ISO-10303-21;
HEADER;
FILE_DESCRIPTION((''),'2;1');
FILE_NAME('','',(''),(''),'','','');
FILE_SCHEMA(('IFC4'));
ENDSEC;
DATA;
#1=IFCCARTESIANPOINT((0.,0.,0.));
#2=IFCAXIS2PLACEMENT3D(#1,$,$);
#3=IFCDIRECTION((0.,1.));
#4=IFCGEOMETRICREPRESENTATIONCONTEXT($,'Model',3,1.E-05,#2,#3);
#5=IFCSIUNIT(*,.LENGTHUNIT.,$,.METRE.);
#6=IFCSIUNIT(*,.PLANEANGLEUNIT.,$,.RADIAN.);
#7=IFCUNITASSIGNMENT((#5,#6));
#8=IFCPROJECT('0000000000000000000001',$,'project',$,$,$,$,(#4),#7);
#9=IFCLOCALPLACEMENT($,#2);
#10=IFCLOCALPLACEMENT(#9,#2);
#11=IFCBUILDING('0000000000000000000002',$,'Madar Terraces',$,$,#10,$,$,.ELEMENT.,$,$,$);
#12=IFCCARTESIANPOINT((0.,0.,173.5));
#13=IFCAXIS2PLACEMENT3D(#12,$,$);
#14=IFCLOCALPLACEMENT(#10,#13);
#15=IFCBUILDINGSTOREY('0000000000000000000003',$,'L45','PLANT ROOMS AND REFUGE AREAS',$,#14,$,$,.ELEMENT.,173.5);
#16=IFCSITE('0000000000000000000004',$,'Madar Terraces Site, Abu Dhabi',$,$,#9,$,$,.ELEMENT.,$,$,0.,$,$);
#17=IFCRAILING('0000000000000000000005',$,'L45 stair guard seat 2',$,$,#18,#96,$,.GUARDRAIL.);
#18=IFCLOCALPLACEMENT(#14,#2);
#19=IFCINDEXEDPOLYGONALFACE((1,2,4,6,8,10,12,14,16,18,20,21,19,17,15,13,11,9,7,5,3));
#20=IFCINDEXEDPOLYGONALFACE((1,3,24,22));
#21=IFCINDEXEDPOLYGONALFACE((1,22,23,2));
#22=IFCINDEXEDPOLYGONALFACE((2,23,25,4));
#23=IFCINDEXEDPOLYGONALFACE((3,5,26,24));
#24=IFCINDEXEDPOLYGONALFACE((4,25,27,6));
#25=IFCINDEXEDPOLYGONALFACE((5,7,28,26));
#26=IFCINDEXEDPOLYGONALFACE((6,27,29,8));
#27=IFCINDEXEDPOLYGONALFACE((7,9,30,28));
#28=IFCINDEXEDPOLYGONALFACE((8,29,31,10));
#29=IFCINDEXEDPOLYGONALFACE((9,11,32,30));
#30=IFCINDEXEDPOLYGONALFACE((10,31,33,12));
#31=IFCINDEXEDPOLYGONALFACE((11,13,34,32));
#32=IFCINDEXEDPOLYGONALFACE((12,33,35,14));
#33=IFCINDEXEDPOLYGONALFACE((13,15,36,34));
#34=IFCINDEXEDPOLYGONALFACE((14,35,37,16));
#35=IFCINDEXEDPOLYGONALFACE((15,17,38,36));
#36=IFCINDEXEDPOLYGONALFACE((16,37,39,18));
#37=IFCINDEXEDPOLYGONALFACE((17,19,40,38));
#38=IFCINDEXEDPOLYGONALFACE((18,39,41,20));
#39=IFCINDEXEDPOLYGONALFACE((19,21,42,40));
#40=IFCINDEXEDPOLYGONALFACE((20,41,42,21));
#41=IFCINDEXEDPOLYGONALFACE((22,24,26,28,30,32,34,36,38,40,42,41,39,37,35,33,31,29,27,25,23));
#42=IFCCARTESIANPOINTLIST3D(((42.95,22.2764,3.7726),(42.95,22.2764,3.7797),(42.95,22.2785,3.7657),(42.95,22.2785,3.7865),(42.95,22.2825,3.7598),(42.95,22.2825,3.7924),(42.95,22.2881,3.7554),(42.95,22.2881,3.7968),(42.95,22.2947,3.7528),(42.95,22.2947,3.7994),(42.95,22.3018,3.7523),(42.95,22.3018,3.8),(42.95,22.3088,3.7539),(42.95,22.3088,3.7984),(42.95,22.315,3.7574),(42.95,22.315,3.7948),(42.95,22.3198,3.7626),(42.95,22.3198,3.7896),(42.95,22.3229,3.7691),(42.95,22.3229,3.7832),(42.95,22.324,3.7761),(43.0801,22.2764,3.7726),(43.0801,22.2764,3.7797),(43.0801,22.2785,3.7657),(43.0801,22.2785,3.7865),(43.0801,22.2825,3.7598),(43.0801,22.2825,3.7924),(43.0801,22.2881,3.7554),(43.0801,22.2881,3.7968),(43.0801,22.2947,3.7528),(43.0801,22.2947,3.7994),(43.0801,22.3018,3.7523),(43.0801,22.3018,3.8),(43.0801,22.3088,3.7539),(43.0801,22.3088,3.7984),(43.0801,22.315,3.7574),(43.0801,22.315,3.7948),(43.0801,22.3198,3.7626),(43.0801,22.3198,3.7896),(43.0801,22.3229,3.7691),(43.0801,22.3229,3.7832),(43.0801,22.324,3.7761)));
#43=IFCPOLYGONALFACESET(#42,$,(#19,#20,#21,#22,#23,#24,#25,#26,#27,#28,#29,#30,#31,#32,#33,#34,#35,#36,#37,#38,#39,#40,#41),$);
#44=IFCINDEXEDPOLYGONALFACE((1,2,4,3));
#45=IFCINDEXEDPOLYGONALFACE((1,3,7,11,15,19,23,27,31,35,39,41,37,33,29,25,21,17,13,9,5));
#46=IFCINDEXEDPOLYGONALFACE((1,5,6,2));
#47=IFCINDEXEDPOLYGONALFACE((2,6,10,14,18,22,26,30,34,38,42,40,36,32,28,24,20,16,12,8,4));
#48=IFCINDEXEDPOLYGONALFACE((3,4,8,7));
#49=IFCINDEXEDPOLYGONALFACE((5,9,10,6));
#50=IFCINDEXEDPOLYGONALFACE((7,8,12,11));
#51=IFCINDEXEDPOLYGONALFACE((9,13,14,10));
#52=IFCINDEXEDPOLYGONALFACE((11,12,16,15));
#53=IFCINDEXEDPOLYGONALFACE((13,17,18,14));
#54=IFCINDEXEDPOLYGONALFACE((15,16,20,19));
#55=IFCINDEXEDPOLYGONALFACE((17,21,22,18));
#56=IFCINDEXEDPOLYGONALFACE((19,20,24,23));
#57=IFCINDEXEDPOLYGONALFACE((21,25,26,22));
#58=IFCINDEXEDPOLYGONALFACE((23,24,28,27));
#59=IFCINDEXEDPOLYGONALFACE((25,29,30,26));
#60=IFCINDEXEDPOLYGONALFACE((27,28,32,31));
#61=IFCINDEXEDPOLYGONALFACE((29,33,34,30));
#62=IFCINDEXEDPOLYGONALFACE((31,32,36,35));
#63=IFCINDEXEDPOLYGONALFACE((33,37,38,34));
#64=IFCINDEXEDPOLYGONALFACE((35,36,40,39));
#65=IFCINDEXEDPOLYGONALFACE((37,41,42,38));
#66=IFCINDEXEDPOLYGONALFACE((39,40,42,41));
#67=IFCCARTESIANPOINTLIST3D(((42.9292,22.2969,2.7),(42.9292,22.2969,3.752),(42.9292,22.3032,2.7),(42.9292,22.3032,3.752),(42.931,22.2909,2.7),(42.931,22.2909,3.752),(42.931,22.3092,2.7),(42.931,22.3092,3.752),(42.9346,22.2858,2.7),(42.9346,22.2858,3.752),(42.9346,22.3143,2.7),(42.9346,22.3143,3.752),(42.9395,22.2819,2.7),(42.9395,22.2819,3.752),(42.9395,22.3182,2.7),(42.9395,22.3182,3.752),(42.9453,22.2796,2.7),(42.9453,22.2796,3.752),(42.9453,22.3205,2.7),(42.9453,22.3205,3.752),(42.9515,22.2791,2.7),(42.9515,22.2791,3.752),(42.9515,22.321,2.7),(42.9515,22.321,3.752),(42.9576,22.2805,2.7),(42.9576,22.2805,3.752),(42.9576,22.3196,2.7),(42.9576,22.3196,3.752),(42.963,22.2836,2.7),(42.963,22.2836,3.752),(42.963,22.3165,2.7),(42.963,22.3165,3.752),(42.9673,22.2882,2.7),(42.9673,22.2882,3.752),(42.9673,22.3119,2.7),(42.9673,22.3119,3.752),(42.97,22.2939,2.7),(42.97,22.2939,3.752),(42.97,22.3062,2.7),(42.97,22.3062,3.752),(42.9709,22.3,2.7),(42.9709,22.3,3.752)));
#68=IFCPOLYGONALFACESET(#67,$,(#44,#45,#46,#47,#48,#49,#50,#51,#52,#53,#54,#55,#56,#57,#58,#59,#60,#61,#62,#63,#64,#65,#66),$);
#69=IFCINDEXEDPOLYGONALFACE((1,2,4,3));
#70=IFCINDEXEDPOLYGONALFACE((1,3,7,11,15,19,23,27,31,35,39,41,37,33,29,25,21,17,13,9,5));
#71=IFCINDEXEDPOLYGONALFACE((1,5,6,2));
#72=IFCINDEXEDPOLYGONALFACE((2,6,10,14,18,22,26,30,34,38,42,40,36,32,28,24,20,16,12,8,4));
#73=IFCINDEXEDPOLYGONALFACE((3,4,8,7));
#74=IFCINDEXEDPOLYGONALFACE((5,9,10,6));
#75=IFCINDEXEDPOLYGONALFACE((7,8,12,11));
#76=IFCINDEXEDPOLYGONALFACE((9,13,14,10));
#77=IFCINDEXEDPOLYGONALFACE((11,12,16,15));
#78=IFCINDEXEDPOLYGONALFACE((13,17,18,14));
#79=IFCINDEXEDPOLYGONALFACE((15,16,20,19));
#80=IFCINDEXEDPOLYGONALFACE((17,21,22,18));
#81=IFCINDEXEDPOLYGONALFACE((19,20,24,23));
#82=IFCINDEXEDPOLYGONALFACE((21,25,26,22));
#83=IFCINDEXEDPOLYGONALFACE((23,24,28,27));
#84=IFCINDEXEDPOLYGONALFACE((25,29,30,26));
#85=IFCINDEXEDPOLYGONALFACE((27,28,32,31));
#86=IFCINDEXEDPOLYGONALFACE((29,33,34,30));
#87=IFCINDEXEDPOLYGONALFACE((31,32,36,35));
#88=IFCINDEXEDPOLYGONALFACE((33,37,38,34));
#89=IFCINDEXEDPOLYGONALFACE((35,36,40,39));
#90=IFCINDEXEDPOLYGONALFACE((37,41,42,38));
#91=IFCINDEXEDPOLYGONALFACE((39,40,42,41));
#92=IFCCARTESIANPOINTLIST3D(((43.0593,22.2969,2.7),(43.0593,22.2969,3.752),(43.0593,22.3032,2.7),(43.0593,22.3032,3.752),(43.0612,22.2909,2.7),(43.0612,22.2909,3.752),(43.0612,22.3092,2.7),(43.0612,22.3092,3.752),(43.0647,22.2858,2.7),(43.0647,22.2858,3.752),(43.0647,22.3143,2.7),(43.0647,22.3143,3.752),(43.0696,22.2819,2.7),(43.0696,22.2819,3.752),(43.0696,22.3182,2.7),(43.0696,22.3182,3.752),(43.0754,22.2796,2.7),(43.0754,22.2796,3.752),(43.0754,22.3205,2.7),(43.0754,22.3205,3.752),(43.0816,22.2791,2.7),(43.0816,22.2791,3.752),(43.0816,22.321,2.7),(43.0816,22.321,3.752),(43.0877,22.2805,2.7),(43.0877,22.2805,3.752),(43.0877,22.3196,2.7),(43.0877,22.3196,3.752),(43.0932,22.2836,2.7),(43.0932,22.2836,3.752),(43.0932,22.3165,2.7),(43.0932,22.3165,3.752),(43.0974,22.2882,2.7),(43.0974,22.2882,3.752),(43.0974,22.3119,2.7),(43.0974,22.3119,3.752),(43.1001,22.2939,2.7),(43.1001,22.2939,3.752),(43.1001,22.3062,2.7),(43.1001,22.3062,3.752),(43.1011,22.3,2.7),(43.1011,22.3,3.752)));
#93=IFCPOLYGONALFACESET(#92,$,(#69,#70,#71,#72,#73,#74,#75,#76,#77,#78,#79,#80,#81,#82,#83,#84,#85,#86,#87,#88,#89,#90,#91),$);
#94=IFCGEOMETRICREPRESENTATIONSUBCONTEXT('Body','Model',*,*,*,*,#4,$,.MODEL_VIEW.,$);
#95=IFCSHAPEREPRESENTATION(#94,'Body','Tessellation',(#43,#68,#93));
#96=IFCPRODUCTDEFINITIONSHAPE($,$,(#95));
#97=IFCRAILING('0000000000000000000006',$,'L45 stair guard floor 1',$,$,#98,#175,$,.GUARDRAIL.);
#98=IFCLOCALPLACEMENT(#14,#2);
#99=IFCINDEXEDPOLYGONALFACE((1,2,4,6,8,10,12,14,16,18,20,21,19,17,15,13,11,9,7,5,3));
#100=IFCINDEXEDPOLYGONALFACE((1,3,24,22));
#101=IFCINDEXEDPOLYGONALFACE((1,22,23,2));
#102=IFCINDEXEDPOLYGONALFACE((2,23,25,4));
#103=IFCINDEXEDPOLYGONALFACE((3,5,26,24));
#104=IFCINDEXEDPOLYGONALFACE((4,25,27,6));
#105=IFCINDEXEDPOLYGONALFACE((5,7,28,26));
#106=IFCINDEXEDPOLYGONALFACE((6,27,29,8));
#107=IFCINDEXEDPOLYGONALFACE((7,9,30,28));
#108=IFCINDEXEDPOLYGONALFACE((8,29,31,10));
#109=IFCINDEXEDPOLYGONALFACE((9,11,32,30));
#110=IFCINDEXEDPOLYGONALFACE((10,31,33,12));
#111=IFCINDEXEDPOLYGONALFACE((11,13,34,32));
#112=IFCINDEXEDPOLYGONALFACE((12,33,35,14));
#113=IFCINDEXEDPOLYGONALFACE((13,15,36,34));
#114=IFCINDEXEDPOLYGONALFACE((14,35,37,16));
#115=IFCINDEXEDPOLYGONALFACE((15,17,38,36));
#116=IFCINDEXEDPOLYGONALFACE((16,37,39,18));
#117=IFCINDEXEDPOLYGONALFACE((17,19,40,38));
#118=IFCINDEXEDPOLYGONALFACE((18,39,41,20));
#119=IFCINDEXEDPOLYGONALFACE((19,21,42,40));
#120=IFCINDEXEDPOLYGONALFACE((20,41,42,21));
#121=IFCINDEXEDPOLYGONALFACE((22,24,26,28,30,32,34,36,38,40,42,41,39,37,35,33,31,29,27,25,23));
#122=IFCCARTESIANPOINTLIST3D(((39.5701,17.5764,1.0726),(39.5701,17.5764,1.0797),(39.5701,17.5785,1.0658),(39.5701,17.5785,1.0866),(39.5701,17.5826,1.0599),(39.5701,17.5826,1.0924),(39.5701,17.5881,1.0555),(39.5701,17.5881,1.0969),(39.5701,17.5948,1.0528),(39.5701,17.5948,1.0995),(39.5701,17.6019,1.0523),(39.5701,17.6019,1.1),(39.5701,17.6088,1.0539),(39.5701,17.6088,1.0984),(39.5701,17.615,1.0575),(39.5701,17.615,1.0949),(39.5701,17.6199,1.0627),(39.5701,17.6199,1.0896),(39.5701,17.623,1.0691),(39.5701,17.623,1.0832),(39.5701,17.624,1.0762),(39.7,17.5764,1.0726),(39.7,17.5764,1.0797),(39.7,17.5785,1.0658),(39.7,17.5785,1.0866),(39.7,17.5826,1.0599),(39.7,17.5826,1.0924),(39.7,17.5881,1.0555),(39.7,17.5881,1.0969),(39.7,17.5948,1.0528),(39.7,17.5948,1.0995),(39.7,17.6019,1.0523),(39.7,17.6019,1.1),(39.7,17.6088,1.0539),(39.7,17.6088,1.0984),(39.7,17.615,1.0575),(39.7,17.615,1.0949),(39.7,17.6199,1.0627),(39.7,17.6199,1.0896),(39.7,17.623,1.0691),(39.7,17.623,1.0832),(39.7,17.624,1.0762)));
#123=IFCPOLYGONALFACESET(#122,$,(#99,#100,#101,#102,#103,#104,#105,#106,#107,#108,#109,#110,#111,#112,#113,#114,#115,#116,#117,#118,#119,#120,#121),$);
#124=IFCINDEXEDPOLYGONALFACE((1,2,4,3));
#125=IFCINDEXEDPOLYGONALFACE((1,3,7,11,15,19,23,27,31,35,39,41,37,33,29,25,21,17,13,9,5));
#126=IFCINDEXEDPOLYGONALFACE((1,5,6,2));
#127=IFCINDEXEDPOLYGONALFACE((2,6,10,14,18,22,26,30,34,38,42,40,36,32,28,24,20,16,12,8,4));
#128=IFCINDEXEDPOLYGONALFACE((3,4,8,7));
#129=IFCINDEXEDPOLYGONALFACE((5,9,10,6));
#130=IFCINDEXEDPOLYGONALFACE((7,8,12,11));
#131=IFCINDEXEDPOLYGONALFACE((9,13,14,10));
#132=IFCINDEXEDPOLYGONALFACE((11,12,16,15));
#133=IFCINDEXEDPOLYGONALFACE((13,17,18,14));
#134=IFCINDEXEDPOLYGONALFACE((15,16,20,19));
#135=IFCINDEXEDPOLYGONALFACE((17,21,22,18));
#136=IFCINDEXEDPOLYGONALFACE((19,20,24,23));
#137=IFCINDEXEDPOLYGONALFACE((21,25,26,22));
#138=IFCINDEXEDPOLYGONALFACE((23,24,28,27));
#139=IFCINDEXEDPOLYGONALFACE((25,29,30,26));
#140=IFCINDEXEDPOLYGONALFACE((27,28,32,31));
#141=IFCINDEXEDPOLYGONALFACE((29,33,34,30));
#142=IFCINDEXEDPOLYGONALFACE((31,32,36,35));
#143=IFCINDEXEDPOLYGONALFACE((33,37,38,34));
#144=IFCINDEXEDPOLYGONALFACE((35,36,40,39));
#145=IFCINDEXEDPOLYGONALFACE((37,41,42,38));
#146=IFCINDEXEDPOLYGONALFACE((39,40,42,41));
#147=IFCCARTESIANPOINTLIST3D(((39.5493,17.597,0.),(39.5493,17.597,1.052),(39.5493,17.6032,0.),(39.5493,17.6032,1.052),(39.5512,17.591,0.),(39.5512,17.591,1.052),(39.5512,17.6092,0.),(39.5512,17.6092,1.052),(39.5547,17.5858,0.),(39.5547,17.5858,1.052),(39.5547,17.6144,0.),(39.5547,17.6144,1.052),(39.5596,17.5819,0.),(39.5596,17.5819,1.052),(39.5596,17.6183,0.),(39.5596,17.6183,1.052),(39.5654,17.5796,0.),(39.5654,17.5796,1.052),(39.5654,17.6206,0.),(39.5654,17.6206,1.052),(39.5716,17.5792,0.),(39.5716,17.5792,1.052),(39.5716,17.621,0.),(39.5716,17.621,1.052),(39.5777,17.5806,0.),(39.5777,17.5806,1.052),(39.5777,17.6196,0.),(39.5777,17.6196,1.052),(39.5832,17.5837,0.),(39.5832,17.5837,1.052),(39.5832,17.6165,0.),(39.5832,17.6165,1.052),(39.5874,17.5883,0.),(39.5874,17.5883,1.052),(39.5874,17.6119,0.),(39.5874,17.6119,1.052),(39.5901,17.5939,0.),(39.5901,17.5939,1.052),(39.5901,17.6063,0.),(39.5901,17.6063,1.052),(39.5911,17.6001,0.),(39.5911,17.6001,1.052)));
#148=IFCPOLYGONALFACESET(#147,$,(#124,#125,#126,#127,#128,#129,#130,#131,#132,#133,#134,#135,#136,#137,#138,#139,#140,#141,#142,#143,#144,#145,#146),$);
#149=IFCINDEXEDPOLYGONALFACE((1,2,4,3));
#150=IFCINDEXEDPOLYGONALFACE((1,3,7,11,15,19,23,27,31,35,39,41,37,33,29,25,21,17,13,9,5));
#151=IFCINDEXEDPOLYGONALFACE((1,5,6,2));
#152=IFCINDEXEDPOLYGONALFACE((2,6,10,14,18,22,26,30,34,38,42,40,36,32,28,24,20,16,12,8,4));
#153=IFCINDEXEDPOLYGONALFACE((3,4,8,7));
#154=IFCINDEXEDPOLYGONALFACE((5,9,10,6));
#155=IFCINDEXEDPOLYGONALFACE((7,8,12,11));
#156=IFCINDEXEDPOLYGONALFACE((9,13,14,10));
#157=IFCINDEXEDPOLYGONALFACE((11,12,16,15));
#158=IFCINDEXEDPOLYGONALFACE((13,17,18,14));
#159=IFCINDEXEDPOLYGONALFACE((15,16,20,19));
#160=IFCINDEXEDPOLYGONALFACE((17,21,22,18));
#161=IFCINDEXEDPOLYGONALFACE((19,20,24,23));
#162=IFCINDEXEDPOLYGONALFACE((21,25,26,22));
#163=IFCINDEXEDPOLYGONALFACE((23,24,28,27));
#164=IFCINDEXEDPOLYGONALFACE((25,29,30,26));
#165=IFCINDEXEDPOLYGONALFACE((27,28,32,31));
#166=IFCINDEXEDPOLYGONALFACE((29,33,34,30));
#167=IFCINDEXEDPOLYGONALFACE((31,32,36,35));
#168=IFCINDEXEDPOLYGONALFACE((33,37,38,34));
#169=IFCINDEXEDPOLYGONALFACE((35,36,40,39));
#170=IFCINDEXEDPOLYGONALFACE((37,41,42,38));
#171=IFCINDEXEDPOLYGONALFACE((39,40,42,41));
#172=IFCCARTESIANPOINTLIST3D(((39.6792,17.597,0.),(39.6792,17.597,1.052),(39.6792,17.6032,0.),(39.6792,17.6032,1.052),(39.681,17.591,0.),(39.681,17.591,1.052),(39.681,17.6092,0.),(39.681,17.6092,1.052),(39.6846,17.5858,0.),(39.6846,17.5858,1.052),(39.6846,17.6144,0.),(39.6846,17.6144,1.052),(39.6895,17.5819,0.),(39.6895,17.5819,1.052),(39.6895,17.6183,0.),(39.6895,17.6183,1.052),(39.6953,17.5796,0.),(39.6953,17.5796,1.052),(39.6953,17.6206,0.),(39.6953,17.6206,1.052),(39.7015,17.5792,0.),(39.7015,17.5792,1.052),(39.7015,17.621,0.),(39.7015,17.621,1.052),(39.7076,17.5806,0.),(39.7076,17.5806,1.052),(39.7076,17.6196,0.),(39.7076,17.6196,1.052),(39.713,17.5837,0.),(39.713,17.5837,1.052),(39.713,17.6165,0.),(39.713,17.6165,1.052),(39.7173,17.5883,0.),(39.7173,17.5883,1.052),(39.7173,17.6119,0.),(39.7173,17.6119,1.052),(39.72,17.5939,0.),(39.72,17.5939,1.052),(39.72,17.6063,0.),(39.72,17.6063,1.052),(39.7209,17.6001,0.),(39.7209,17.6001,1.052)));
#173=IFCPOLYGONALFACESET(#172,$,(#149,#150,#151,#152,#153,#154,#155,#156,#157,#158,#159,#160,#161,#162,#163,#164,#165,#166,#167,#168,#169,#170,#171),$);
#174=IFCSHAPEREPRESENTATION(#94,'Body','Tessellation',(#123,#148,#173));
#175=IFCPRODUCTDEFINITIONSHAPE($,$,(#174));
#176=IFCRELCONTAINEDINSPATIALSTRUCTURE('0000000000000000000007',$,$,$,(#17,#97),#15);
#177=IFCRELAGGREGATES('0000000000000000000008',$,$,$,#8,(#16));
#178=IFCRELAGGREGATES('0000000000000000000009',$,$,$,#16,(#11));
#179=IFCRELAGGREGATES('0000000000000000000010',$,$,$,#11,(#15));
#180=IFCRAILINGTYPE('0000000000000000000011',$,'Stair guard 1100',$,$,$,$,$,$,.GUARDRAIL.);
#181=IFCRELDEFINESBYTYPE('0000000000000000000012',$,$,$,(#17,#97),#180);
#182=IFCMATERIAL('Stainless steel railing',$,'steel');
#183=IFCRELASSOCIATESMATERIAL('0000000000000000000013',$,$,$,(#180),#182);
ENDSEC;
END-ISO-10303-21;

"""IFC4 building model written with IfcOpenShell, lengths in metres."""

from ifc_helpers import new_model, si_unit, direction, frame, origin, origin_2d, place, context, subcontext, project, spatial, circle, extrude, material, type_object, element, save


model = new_model("IFC4")

# Units and contexts
model_context = context("Model", 3, precision=1e-05, world=origin(), true_north=direction((0.0, 1.0)))
body_context = subcontext(model_context, "Body", "Model", "MODEL_VIEW")
ifc_project = project(units=[si_unit("LENGTHUNIT", "METRE"), si_unit("PLANEANGLEUNIT", "RADIAN")], contexts=[model_context])

# Site, building, storey
site_placement = place(None, origin())
site = spatial("IfcSite", under=ifc_project, at=site_placement, Name="Madar Terraces Site, Abu Dhabi", CompositionType="ELEMENT", RefElevation=0.0)
building_placement = place(site_placement, origin())
building = spatial("IfcBuilding", under=site, at=building_placement, Name="Madar Terraces", CompositionType="ELEMENT")
storey_placement = place(building_placement, frame((0.0, 0.0, 173.5)))
storey = spatial("IfcBuildingStorey", under=building, at=storey_placement, Name="L45", Description="PLANT ROOMS AND REFUGE AREAS", CompositionType="ELEMENT", Elevation=173.5)

# Railings
ifc_material_1 = material(Name="Stainless steel railing", Category="steel")
railing_type_1 = type_object("IfcRailingType", Name="Stair guard 1100", PredefinedType="GUARDRAIL", material=ifc_material_1)
railing_1_placement = place(storey_placement, frame((42.95, 22.3, 2.7)))
element("IfcRailing", 1, at=railing_1_placement, inside=storey, type_object=railing_type_1, Name="L45 stair guard seat 2", PredefinedType="GUARDRAIL", context=body_context, shape_type="SweptSolid", body=[
    extrude(circle(Radius=0.0239, at=origin_2d()), frame((0.0, 0.0, 1.0762), z_axis=(1.0, 0.0, 0.0), x_axis=(0.0, 1.0, 0.0)), (0.0, 0.0, 1.0), 0.1301),
    extrude(circle(Radius=0.021, at=origin_2d()), origin(), (0.0, 0.0, 1.0), 1.052),
    extrude(circle(Radius=0.021, at=origin_2d()), frame((0.1301, 0.0, 0.0)), (0.0, 0.0, 1.0), 1.052),
])
railing_2_placement = place(storey_placement, frame((39.5701, 17.6001, 0.0)))
element("IfcRailing", 2, at=railing_2_placement, inside=storey, type_object=railing_type_1, Name="L45 stair guard floor 1", PredefinedType="GUARDRAIL", context=body_context, shape_type="SweptSolid", body=[
    extrude(circle(Radius=0.0239, at=origin_2d()), frame((0.0, 0.0, 1.0762), z_axis=(1.0, 0.0, 0.0), x_axis=(0.0, 1.0, 0.0)), (0.0, 0.0, 1.0), 0.1299),
    extrude(circle(Radius=0.021, at=origin_2d()), origin(), (0.0, 0.0, 1.0), 1.052),
    extrude(circle(Radius=0.021, at=origin_2d()), frame((0.1299, 0.0, 0.0)), (0.0, 0.0, 1.0), 1.052),
])

save(model, "model.ifc")
